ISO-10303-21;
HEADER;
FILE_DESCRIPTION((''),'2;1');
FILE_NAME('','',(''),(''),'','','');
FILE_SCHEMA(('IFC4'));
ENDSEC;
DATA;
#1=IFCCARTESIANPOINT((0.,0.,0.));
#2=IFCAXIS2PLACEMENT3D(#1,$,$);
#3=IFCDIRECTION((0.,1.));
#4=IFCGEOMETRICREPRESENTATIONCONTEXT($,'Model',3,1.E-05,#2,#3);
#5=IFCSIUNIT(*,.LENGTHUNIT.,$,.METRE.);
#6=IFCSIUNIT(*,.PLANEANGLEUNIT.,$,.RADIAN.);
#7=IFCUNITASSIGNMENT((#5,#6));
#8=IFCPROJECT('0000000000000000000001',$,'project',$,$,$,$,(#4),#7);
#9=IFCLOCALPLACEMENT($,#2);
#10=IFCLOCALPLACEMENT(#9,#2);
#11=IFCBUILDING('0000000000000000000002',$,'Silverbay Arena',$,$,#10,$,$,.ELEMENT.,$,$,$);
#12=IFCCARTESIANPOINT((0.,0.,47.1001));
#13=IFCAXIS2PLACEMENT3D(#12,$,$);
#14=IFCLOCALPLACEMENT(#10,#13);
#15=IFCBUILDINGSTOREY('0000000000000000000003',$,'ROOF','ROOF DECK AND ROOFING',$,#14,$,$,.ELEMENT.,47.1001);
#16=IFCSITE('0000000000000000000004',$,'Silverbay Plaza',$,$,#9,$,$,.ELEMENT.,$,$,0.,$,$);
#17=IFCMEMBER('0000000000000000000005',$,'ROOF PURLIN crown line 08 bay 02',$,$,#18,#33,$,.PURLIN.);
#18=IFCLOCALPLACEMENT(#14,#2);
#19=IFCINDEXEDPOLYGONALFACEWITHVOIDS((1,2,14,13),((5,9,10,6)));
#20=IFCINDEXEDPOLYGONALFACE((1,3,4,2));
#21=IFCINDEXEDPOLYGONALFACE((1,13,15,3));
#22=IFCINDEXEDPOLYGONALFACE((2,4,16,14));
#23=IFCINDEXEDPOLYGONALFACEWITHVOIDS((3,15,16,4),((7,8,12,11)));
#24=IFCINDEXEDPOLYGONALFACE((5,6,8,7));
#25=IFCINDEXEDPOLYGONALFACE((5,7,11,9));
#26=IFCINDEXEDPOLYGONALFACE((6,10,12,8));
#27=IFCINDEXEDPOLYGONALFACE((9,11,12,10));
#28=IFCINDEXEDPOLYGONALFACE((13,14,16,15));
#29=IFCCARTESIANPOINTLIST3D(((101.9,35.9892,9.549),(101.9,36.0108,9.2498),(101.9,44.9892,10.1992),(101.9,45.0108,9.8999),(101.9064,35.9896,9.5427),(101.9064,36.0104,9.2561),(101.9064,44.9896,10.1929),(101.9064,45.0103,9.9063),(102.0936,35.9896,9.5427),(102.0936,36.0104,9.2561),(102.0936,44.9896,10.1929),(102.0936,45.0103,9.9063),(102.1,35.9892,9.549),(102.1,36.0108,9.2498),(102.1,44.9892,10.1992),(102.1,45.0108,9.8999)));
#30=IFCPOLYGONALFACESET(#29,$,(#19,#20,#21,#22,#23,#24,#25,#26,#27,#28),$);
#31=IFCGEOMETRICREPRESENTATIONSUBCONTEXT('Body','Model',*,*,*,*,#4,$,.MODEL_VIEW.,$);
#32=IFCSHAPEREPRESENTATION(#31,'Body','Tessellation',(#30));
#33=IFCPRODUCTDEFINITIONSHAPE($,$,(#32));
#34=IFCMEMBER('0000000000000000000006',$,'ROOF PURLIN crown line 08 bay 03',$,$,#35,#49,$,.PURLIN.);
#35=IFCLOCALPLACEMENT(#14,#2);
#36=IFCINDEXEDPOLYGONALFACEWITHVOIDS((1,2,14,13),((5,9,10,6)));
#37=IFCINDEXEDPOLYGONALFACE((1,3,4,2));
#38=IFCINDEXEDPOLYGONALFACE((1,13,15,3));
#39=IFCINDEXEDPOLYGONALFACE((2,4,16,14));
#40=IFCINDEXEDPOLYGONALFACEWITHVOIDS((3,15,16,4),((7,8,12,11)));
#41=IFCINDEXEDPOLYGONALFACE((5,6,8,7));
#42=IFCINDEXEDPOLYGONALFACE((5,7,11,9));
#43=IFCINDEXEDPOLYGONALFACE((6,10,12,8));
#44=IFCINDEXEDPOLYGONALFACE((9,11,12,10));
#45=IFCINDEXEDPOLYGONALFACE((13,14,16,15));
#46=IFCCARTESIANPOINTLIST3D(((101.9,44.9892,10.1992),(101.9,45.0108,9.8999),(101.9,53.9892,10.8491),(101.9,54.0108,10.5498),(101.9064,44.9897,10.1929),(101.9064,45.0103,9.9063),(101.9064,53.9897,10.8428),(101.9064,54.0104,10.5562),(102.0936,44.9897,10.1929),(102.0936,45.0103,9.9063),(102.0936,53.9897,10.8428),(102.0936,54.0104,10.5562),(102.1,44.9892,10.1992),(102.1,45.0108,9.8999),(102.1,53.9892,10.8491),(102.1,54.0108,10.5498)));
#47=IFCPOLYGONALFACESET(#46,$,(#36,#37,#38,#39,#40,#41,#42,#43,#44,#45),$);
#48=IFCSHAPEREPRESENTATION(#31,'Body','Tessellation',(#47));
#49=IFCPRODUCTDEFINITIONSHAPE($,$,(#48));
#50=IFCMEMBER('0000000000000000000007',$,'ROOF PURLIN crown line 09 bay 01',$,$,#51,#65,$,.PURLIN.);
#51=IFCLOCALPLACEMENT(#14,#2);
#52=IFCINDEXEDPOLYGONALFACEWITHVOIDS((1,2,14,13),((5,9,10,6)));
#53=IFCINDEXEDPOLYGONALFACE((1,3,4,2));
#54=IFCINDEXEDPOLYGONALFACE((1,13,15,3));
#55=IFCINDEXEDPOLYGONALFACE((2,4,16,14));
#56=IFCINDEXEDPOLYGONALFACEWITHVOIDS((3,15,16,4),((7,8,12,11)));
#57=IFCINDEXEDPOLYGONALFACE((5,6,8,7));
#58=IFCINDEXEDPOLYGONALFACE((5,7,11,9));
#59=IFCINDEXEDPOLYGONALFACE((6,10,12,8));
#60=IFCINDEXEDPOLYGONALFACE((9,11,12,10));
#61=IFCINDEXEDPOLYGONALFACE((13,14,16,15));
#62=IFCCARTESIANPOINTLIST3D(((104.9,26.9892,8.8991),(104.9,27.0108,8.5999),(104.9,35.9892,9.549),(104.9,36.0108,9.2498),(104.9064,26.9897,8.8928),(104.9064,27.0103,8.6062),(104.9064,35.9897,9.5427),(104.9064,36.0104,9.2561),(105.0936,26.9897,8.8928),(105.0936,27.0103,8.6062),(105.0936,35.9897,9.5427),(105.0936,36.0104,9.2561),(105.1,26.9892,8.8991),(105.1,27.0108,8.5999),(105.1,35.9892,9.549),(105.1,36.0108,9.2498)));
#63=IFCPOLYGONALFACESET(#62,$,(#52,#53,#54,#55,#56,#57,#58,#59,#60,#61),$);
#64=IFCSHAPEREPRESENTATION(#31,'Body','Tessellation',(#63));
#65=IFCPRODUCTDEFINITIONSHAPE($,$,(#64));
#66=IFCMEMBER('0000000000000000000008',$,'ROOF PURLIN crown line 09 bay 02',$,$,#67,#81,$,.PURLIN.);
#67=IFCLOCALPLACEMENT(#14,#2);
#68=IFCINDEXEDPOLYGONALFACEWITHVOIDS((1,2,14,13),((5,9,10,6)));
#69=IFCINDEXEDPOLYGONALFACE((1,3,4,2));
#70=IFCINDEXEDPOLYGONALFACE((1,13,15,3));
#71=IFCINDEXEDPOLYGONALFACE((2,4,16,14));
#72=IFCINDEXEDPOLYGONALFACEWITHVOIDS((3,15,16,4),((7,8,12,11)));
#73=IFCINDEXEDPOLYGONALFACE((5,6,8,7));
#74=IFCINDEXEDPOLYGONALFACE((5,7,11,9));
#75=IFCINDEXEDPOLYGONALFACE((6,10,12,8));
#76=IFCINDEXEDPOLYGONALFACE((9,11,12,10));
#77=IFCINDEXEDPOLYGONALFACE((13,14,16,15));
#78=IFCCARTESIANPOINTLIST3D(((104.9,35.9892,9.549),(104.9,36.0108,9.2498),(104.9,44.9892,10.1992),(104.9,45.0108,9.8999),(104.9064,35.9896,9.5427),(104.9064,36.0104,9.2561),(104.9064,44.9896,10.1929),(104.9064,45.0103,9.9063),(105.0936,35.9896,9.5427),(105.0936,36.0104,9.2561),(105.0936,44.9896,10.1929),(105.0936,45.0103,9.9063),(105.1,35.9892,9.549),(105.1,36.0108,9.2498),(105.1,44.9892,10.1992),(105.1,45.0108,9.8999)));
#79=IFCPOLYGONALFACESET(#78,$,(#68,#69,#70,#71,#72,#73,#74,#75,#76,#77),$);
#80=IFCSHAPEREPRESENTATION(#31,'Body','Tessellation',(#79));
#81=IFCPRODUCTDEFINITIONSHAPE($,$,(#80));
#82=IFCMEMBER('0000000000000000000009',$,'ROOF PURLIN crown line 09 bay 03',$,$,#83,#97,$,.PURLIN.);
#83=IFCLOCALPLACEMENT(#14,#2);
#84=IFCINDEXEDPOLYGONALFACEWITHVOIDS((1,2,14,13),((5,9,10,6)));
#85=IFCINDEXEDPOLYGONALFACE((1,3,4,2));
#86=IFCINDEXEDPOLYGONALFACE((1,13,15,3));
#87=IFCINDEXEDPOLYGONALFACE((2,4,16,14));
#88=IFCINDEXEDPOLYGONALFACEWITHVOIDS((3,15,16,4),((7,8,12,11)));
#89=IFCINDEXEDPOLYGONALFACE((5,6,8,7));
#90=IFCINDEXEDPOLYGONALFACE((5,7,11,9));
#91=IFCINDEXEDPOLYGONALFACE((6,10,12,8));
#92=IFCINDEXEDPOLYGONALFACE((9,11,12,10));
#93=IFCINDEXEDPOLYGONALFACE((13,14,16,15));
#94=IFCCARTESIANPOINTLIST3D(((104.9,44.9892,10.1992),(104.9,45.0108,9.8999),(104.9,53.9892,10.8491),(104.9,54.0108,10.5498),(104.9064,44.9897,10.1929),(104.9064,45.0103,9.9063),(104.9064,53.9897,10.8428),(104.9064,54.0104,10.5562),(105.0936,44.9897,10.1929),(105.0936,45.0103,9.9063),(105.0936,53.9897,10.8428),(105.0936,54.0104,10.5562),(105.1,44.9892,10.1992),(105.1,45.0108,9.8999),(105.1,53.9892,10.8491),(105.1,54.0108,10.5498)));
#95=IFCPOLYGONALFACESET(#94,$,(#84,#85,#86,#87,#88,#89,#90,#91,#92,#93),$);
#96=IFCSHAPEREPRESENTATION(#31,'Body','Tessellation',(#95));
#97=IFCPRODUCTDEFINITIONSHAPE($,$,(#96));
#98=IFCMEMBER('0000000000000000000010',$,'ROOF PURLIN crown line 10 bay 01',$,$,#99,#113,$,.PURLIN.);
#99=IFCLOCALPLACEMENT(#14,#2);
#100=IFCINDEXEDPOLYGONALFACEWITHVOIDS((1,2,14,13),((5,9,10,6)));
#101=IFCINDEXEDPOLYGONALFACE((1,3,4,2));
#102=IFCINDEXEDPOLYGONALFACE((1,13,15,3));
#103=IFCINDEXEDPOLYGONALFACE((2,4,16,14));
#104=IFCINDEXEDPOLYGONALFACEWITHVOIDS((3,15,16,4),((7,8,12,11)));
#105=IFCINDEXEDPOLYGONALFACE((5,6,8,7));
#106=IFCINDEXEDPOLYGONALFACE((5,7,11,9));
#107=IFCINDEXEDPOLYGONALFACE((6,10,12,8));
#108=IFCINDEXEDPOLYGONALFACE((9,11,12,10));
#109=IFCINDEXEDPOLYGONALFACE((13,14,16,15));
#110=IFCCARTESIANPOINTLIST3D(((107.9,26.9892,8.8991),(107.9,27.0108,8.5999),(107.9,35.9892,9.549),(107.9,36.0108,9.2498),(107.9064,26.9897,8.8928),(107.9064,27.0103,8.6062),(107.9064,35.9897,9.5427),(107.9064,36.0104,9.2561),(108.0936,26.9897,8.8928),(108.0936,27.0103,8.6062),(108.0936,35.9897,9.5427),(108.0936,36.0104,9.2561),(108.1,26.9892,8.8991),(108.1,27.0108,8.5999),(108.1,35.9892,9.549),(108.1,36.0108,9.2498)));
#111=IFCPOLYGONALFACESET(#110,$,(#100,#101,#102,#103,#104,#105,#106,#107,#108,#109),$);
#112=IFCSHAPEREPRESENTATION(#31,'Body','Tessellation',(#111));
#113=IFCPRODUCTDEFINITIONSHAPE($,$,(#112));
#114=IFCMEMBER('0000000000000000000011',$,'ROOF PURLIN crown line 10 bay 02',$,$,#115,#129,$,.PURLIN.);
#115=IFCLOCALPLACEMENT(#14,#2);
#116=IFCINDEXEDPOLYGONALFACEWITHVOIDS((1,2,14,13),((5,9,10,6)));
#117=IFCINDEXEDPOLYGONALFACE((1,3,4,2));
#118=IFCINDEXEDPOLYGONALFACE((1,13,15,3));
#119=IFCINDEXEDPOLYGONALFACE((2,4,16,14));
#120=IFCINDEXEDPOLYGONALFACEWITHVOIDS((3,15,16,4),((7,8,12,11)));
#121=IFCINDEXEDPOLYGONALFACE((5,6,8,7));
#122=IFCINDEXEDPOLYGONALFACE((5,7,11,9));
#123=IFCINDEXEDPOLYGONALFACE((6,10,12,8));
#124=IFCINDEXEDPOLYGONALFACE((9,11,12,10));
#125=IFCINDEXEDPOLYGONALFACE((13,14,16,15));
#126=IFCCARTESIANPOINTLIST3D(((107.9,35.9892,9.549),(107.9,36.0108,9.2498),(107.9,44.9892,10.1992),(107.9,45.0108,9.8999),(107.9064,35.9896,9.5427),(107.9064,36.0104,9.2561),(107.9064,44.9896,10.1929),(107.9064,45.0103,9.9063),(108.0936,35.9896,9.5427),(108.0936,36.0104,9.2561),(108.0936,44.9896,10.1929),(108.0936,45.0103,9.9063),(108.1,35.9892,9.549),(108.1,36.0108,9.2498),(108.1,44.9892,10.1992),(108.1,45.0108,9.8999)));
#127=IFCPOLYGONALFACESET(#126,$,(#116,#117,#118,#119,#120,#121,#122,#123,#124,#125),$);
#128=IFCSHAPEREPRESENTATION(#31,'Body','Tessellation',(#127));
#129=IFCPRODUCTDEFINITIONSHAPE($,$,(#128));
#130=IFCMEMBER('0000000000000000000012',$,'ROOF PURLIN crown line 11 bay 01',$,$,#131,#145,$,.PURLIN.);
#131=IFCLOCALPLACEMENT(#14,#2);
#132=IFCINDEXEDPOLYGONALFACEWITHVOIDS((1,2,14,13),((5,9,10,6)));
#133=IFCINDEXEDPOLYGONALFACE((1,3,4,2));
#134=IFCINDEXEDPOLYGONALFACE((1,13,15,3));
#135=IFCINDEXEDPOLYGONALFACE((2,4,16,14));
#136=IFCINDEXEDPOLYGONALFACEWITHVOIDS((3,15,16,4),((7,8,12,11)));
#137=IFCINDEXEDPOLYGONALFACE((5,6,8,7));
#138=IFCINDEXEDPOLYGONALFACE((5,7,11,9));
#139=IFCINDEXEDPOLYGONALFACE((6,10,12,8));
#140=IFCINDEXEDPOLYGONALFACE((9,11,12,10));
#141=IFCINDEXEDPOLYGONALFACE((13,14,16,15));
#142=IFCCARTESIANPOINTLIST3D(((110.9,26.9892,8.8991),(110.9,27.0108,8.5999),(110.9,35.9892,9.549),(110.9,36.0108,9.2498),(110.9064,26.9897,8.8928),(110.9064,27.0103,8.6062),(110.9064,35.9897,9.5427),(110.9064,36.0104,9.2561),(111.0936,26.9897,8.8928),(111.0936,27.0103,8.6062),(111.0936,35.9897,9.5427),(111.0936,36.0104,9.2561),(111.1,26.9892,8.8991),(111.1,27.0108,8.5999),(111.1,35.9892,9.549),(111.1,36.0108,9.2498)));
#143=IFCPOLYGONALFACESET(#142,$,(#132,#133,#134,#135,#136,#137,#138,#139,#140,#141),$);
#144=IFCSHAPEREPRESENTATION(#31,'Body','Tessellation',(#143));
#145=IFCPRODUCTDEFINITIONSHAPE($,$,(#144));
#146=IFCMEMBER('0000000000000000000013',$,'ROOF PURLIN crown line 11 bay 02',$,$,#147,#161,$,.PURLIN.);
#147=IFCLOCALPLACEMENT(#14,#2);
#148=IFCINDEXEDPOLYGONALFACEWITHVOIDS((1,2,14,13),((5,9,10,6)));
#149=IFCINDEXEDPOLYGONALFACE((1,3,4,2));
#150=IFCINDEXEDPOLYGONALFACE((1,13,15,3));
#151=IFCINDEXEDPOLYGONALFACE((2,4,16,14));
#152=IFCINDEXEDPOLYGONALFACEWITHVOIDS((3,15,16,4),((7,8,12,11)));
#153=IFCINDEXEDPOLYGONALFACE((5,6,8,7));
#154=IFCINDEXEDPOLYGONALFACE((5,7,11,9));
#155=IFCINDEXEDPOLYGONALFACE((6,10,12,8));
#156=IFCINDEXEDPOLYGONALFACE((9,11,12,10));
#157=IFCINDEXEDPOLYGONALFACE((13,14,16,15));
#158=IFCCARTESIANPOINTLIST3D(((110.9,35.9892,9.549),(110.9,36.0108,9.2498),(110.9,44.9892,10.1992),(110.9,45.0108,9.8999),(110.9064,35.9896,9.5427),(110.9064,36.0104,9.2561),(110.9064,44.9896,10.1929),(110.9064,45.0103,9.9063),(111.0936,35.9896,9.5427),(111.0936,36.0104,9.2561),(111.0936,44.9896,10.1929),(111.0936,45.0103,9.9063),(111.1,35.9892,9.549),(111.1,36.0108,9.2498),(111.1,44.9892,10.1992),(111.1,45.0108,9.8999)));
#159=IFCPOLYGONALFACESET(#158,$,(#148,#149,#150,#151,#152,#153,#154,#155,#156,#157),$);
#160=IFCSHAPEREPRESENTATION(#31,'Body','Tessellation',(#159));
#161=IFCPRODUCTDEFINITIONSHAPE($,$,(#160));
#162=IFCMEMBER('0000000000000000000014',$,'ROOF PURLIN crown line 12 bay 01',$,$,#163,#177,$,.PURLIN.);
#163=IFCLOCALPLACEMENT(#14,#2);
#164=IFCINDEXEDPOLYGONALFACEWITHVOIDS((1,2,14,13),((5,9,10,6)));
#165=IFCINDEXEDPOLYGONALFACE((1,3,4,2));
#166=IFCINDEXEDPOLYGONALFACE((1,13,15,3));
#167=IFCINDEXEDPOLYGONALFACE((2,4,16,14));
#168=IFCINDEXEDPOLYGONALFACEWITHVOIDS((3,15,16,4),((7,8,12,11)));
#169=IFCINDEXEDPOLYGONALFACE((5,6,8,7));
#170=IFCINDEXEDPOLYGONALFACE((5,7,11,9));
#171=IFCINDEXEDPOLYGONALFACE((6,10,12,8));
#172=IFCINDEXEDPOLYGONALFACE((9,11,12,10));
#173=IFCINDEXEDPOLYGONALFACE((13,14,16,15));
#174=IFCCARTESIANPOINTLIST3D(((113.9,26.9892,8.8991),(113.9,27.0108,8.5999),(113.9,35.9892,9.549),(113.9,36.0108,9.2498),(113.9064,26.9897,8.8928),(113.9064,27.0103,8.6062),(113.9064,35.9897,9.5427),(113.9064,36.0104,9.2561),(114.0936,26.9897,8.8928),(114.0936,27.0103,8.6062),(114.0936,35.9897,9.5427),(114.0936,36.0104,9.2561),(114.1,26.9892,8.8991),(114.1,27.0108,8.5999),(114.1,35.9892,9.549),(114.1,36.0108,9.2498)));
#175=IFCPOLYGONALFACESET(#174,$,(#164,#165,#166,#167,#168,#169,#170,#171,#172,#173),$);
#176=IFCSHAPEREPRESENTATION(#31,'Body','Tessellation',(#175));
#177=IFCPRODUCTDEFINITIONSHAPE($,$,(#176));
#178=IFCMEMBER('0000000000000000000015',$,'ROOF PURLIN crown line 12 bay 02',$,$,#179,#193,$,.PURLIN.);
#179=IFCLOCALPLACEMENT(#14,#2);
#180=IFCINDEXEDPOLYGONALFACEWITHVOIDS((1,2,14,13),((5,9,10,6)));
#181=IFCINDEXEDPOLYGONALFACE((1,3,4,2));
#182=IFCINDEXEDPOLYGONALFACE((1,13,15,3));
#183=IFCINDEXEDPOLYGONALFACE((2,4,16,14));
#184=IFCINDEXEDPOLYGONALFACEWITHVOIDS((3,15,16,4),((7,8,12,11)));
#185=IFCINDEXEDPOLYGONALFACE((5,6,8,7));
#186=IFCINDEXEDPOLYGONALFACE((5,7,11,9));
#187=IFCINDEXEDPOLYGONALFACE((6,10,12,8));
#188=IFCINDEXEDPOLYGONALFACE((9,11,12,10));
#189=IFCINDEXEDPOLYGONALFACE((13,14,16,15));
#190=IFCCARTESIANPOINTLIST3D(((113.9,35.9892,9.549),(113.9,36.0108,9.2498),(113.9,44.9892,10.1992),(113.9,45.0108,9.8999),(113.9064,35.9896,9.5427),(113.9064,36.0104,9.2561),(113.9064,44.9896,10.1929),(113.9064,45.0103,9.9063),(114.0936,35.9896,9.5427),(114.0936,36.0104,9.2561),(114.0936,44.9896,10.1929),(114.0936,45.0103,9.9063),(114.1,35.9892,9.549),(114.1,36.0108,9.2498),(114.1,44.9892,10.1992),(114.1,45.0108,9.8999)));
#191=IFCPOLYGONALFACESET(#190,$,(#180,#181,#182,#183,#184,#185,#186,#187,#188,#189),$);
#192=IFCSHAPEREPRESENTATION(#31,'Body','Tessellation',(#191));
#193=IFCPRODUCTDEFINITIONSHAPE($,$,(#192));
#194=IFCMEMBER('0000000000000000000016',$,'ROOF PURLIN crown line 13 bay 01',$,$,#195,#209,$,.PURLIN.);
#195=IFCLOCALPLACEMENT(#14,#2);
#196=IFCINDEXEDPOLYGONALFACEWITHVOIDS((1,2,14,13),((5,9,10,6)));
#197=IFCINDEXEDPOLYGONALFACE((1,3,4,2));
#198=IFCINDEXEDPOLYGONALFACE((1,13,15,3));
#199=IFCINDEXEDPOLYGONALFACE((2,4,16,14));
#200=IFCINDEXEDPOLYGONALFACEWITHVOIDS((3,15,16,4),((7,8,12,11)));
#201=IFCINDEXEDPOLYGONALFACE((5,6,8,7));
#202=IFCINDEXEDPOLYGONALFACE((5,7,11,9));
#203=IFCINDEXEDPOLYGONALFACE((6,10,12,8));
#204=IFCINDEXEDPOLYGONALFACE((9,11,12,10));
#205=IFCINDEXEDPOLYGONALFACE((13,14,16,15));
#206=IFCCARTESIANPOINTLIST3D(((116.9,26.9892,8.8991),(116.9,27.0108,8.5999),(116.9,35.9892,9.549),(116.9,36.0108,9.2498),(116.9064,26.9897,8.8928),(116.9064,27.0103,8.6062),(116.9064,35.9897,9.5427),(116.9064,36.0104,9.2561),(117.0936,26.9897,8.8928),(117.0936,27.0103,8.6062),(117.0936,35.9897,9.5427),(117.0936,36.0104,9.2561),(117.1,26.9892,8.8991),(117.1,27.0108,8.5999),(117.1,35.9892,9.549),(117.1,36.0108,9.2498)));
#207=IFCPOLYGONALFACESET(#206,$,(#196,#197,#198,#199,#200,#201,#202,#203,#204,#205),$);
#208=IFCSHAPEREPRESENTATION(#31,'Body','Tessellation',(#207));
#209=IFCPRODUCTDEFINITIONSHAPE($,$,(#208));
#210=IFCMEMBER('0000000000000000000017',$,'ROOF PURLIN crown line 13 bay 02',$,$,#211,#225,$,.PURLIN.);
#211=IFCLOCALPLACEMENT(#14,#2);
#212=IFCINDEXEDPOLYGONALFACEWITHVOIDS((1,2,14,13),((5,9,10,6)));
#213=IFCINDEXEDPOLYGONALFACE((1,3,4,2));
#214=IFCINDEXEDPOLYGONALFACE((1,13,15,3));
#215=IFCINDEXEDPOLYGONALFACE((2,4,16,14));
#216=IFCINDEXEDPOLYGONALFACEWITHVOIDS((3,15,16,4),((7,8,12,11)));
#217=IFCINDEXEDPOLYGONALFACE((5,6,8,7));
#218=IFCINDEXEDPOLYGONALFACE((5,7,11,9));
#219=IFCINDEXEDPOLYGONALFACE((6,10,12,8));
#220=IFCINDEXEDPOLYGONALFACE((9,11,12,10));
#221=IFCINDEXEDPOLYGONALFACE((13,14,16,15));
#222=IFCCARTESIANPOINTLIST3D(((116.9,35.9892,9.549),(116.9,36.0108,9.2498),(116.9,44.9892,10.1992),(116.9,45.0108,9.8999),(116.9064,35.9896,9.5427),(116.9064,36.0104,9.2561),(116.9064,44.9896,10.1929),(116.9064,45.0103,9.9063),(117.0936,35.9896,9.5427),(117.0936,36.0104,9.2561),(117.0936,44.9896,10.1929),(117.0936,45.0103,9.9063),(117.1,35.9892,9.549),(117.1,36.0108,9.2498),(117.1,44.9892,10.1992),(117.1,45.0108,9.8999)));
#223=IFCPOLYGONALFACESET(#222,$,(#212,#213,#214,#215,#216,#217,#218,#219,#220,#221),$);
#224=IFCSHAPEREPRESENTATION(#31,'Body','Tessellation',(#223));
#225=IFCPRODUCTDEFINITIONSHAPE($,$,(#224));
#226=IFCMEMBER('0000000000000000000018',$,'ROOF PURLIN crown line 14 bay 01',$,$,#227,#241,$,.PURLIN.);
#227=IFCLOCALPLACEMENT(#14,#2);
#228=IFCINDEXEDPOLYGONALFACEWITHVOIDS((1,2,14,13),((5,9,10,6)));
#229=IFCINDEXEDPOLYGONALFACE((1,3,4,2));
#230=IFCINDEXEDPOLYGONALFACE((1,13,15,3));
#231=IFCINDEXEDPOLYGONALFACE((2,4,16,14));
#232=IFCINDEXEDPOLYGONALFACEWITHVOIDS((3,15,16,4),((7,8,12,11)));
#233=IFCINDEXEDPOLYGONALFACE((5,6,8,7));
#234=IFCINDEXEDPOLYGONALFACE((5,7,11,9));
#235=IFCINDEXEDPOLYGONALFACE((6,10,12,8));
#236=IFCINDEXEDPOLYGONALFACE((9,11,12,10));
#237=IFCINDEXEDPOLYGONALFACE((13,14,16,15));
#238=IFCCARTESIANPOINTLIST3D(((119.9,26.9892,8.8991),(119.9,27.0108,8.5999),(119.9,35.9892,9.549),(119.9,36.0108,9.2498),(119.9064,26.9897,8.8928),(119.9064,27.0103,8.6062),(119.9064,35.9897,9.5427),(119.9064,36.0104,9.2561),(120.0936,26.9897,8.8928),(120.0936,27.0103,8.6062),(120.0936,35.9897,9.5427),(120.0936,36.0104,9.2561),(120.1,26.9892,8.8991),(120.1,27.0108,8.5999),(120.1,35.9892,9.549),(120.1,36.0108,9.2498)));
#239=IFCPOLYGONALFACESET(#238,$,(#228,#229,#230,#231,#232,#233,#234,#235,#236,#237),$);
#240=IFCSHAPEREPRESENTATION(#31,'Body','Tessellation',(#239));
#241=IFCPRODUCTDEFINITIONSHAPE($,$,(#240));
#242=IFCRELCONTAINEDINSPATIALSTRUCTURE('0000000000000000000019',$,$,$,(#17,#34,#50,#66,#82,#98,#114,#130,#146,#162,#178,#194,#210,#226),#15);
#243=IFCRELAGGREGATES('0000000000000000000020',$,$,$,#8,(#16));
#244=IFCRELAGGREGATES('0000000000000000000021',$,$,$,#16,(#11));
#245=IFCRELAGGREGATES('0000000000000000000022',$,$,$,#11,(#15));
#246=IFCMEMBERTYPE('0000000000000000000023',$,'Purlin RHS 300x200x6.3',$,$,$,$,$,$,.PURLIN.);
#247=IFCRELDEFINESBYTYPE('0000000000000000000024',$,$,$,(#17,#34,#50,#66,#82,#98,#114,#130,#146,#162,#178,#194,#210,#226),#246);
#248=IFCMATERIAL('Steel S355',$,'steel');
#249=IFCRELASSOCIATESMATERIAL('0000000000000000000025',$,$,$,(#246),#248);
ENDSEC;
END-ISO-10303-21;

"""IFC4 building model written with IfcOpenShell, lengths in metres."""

from ifc_helpers import new_model, si_unit, direction, frame, origin, origin_2d, place, context, subcontext, project, spatial, hollow_rectangle, extrude, material, material_profile, profile_set, type_object, element, save


model = new_model("IFC4")

# Units and contexts
model_context = context("Model", 3, precision=1e-05, world=origin(), true_north=direction((0.0, 1.0)))
body_context = subcontext(model_context, "Body", "Model", "MODEL_VIEW")
ifc_project = project(units=[si_unit("LENGTHUNIT", "METRE"), si_unit("PLANEANGLEUNIT", "RADIAN")], contexts=[model_context])

# Site, building, storey
site_placement = place(None, origin())
site = spatial("IfcSite", under=ifc_project, at=site_placement, Name="Silverbay Plaza", CompositionType="ELEMENT", RefElevation=0.0)
building_placement = place(site_placement, origin())
building = spatial("IfcBuilding", under=site, at=building_placement, Name="Silverbay Arena", CompositionType="ELEMENT")
storey_placement = place(building_placement, frame((0.0, 0.0, 47.1001)))
storey = spatial("IfcBuildingStorey", under=building, at=storey_placement, Name="ROOF", Description="ROOF DECK AND ROOFING", CompositionType="ELEMENT", Elevation=47.1001)

# Members
ifc_material_1 = material(Name="Steel S355", Category="steel")
ifc_material_profile_1 = material_profile(ifc_material_1, hollow_rectangle(XDim=0.2, YDim=0.3, WallThickness=0.0063, at=origin_2d()), Name="RHS 300x200x6.3")
ifc_profile_set_1 = profile_set([ifc_material_profile_1], Name="Steel S355")
member_type_1 = type_object("IfcMemberType", Name="Purlin RHS 300x200x6.3", PredefinedType="PURLIN", material=ifc_profile_set_1)
for number, where, z_axis, x_axis, name in (
    (1, (102.0, 36.0, 9.3994), (0.0, 0.997401, 0.072051), (-1.0, 0.0, 0.0), "ROOF PURLIN crown line 08 bay 02"),
    (2, (102.0, 45.0, 10.0496), (0.0, 0.997403, 0.072024), (-1.0, 0.0, 0.0), "ROOF PURLIN crown line 08 bay 03"),
    (3, (105.0, 27.0, 8.7495), (0.0, 0.997403, 0.072024), (-1.0, 0.0, 0.0), "ROOF PURLIN crown line 09 bay 01"),
    (4, (105.0, 36.0, 9.3994), (0.0, 0.997401, 0.072051), (-1.0, 0.0, 0.0), "ROOF PURLIN crown line 09 bay 02"),
    (5, (105.0, 45.0, 10.0496), (0.0, 0.997403, 0.072024), (-1.0, 0.0, 0.0), "ROOF PURLIN crown line 09 bay 03"),
    (6, (108.0, 27.0, 8.7495), (0.0, 0.997403, 0.072024), (-1.0, 0.0, 0.0), "ROOF PURLIN crown line 10 bay 01"),
    (7, (108.0, 36.0, 9.3994), (0.0, 0.997401, 0.072051), (-1.0, 0.0, 0.0), "ROOF PURLIN crown line 10 bay 02"),
    (8, (111.0, 27.0, 8.7495), (0.0, 0.997403, 0.072024), (-1.0, 0.0, 0.0), "ROOF PURLIN crown line 11 bay 01"),
    (9, (111.0, 36.0, 9.3994), (0.0, 0.997401, 0.072051), (-1.0, 0.0, 0.0), "ROOF PURLIN crown line 11 bay 02"),
    (10, (114.0, 27.0, 8.7495), (0.0, 0.997403, 0.072024), (-1.0, 0.0, 0.0), "ROOF PURLIN crown line 12 bay 01"),
    (11, (114.0, 36.0, 9.3994), (0.0, 0.997401, 0.072051), (-1.0, 0.0, 0.0), "ROOF PURLIN crown line 12 bay 02"),
    (12, (117.0, 27.0, 8.7495), (0.0, 0.997403, 0.072024), (-1.0, 0.0, 0.0), "ROOF PURLIN crown line 13 bay 01"),
    (13, (117.0, 36.0, 9.3994), (0.0, 0.997401, 0.072051), (-1.0, 0.0, 0.0), "ROOF PURLIN crown line 13 bay 02"),
    (14, (120.0, 27.0, 8.7495), (0.0, 0.997403, 0.072024), (-1.0, 0.0, 0.0), "ROOF PURLIN crown line 14 bay 01"),
):
    element("IfcMember", number, at=place(storey_placement, frame(where, z_axis=z_axis, x_axis=x_axis)), inside=storey, type_object=member_type_1, Name=name, PredefinedType="PURLIN", context=body_context, shape_type="SweptSolid", body=[
        extrude(hollow_rectangle(XDim=0.2, YDim=0.3, WallThickness=0.0063, at=origin_2d()), origin(), (0.0, 0.0, 1.0), 9.0234),
    ])

save(model, "model.ifc")
